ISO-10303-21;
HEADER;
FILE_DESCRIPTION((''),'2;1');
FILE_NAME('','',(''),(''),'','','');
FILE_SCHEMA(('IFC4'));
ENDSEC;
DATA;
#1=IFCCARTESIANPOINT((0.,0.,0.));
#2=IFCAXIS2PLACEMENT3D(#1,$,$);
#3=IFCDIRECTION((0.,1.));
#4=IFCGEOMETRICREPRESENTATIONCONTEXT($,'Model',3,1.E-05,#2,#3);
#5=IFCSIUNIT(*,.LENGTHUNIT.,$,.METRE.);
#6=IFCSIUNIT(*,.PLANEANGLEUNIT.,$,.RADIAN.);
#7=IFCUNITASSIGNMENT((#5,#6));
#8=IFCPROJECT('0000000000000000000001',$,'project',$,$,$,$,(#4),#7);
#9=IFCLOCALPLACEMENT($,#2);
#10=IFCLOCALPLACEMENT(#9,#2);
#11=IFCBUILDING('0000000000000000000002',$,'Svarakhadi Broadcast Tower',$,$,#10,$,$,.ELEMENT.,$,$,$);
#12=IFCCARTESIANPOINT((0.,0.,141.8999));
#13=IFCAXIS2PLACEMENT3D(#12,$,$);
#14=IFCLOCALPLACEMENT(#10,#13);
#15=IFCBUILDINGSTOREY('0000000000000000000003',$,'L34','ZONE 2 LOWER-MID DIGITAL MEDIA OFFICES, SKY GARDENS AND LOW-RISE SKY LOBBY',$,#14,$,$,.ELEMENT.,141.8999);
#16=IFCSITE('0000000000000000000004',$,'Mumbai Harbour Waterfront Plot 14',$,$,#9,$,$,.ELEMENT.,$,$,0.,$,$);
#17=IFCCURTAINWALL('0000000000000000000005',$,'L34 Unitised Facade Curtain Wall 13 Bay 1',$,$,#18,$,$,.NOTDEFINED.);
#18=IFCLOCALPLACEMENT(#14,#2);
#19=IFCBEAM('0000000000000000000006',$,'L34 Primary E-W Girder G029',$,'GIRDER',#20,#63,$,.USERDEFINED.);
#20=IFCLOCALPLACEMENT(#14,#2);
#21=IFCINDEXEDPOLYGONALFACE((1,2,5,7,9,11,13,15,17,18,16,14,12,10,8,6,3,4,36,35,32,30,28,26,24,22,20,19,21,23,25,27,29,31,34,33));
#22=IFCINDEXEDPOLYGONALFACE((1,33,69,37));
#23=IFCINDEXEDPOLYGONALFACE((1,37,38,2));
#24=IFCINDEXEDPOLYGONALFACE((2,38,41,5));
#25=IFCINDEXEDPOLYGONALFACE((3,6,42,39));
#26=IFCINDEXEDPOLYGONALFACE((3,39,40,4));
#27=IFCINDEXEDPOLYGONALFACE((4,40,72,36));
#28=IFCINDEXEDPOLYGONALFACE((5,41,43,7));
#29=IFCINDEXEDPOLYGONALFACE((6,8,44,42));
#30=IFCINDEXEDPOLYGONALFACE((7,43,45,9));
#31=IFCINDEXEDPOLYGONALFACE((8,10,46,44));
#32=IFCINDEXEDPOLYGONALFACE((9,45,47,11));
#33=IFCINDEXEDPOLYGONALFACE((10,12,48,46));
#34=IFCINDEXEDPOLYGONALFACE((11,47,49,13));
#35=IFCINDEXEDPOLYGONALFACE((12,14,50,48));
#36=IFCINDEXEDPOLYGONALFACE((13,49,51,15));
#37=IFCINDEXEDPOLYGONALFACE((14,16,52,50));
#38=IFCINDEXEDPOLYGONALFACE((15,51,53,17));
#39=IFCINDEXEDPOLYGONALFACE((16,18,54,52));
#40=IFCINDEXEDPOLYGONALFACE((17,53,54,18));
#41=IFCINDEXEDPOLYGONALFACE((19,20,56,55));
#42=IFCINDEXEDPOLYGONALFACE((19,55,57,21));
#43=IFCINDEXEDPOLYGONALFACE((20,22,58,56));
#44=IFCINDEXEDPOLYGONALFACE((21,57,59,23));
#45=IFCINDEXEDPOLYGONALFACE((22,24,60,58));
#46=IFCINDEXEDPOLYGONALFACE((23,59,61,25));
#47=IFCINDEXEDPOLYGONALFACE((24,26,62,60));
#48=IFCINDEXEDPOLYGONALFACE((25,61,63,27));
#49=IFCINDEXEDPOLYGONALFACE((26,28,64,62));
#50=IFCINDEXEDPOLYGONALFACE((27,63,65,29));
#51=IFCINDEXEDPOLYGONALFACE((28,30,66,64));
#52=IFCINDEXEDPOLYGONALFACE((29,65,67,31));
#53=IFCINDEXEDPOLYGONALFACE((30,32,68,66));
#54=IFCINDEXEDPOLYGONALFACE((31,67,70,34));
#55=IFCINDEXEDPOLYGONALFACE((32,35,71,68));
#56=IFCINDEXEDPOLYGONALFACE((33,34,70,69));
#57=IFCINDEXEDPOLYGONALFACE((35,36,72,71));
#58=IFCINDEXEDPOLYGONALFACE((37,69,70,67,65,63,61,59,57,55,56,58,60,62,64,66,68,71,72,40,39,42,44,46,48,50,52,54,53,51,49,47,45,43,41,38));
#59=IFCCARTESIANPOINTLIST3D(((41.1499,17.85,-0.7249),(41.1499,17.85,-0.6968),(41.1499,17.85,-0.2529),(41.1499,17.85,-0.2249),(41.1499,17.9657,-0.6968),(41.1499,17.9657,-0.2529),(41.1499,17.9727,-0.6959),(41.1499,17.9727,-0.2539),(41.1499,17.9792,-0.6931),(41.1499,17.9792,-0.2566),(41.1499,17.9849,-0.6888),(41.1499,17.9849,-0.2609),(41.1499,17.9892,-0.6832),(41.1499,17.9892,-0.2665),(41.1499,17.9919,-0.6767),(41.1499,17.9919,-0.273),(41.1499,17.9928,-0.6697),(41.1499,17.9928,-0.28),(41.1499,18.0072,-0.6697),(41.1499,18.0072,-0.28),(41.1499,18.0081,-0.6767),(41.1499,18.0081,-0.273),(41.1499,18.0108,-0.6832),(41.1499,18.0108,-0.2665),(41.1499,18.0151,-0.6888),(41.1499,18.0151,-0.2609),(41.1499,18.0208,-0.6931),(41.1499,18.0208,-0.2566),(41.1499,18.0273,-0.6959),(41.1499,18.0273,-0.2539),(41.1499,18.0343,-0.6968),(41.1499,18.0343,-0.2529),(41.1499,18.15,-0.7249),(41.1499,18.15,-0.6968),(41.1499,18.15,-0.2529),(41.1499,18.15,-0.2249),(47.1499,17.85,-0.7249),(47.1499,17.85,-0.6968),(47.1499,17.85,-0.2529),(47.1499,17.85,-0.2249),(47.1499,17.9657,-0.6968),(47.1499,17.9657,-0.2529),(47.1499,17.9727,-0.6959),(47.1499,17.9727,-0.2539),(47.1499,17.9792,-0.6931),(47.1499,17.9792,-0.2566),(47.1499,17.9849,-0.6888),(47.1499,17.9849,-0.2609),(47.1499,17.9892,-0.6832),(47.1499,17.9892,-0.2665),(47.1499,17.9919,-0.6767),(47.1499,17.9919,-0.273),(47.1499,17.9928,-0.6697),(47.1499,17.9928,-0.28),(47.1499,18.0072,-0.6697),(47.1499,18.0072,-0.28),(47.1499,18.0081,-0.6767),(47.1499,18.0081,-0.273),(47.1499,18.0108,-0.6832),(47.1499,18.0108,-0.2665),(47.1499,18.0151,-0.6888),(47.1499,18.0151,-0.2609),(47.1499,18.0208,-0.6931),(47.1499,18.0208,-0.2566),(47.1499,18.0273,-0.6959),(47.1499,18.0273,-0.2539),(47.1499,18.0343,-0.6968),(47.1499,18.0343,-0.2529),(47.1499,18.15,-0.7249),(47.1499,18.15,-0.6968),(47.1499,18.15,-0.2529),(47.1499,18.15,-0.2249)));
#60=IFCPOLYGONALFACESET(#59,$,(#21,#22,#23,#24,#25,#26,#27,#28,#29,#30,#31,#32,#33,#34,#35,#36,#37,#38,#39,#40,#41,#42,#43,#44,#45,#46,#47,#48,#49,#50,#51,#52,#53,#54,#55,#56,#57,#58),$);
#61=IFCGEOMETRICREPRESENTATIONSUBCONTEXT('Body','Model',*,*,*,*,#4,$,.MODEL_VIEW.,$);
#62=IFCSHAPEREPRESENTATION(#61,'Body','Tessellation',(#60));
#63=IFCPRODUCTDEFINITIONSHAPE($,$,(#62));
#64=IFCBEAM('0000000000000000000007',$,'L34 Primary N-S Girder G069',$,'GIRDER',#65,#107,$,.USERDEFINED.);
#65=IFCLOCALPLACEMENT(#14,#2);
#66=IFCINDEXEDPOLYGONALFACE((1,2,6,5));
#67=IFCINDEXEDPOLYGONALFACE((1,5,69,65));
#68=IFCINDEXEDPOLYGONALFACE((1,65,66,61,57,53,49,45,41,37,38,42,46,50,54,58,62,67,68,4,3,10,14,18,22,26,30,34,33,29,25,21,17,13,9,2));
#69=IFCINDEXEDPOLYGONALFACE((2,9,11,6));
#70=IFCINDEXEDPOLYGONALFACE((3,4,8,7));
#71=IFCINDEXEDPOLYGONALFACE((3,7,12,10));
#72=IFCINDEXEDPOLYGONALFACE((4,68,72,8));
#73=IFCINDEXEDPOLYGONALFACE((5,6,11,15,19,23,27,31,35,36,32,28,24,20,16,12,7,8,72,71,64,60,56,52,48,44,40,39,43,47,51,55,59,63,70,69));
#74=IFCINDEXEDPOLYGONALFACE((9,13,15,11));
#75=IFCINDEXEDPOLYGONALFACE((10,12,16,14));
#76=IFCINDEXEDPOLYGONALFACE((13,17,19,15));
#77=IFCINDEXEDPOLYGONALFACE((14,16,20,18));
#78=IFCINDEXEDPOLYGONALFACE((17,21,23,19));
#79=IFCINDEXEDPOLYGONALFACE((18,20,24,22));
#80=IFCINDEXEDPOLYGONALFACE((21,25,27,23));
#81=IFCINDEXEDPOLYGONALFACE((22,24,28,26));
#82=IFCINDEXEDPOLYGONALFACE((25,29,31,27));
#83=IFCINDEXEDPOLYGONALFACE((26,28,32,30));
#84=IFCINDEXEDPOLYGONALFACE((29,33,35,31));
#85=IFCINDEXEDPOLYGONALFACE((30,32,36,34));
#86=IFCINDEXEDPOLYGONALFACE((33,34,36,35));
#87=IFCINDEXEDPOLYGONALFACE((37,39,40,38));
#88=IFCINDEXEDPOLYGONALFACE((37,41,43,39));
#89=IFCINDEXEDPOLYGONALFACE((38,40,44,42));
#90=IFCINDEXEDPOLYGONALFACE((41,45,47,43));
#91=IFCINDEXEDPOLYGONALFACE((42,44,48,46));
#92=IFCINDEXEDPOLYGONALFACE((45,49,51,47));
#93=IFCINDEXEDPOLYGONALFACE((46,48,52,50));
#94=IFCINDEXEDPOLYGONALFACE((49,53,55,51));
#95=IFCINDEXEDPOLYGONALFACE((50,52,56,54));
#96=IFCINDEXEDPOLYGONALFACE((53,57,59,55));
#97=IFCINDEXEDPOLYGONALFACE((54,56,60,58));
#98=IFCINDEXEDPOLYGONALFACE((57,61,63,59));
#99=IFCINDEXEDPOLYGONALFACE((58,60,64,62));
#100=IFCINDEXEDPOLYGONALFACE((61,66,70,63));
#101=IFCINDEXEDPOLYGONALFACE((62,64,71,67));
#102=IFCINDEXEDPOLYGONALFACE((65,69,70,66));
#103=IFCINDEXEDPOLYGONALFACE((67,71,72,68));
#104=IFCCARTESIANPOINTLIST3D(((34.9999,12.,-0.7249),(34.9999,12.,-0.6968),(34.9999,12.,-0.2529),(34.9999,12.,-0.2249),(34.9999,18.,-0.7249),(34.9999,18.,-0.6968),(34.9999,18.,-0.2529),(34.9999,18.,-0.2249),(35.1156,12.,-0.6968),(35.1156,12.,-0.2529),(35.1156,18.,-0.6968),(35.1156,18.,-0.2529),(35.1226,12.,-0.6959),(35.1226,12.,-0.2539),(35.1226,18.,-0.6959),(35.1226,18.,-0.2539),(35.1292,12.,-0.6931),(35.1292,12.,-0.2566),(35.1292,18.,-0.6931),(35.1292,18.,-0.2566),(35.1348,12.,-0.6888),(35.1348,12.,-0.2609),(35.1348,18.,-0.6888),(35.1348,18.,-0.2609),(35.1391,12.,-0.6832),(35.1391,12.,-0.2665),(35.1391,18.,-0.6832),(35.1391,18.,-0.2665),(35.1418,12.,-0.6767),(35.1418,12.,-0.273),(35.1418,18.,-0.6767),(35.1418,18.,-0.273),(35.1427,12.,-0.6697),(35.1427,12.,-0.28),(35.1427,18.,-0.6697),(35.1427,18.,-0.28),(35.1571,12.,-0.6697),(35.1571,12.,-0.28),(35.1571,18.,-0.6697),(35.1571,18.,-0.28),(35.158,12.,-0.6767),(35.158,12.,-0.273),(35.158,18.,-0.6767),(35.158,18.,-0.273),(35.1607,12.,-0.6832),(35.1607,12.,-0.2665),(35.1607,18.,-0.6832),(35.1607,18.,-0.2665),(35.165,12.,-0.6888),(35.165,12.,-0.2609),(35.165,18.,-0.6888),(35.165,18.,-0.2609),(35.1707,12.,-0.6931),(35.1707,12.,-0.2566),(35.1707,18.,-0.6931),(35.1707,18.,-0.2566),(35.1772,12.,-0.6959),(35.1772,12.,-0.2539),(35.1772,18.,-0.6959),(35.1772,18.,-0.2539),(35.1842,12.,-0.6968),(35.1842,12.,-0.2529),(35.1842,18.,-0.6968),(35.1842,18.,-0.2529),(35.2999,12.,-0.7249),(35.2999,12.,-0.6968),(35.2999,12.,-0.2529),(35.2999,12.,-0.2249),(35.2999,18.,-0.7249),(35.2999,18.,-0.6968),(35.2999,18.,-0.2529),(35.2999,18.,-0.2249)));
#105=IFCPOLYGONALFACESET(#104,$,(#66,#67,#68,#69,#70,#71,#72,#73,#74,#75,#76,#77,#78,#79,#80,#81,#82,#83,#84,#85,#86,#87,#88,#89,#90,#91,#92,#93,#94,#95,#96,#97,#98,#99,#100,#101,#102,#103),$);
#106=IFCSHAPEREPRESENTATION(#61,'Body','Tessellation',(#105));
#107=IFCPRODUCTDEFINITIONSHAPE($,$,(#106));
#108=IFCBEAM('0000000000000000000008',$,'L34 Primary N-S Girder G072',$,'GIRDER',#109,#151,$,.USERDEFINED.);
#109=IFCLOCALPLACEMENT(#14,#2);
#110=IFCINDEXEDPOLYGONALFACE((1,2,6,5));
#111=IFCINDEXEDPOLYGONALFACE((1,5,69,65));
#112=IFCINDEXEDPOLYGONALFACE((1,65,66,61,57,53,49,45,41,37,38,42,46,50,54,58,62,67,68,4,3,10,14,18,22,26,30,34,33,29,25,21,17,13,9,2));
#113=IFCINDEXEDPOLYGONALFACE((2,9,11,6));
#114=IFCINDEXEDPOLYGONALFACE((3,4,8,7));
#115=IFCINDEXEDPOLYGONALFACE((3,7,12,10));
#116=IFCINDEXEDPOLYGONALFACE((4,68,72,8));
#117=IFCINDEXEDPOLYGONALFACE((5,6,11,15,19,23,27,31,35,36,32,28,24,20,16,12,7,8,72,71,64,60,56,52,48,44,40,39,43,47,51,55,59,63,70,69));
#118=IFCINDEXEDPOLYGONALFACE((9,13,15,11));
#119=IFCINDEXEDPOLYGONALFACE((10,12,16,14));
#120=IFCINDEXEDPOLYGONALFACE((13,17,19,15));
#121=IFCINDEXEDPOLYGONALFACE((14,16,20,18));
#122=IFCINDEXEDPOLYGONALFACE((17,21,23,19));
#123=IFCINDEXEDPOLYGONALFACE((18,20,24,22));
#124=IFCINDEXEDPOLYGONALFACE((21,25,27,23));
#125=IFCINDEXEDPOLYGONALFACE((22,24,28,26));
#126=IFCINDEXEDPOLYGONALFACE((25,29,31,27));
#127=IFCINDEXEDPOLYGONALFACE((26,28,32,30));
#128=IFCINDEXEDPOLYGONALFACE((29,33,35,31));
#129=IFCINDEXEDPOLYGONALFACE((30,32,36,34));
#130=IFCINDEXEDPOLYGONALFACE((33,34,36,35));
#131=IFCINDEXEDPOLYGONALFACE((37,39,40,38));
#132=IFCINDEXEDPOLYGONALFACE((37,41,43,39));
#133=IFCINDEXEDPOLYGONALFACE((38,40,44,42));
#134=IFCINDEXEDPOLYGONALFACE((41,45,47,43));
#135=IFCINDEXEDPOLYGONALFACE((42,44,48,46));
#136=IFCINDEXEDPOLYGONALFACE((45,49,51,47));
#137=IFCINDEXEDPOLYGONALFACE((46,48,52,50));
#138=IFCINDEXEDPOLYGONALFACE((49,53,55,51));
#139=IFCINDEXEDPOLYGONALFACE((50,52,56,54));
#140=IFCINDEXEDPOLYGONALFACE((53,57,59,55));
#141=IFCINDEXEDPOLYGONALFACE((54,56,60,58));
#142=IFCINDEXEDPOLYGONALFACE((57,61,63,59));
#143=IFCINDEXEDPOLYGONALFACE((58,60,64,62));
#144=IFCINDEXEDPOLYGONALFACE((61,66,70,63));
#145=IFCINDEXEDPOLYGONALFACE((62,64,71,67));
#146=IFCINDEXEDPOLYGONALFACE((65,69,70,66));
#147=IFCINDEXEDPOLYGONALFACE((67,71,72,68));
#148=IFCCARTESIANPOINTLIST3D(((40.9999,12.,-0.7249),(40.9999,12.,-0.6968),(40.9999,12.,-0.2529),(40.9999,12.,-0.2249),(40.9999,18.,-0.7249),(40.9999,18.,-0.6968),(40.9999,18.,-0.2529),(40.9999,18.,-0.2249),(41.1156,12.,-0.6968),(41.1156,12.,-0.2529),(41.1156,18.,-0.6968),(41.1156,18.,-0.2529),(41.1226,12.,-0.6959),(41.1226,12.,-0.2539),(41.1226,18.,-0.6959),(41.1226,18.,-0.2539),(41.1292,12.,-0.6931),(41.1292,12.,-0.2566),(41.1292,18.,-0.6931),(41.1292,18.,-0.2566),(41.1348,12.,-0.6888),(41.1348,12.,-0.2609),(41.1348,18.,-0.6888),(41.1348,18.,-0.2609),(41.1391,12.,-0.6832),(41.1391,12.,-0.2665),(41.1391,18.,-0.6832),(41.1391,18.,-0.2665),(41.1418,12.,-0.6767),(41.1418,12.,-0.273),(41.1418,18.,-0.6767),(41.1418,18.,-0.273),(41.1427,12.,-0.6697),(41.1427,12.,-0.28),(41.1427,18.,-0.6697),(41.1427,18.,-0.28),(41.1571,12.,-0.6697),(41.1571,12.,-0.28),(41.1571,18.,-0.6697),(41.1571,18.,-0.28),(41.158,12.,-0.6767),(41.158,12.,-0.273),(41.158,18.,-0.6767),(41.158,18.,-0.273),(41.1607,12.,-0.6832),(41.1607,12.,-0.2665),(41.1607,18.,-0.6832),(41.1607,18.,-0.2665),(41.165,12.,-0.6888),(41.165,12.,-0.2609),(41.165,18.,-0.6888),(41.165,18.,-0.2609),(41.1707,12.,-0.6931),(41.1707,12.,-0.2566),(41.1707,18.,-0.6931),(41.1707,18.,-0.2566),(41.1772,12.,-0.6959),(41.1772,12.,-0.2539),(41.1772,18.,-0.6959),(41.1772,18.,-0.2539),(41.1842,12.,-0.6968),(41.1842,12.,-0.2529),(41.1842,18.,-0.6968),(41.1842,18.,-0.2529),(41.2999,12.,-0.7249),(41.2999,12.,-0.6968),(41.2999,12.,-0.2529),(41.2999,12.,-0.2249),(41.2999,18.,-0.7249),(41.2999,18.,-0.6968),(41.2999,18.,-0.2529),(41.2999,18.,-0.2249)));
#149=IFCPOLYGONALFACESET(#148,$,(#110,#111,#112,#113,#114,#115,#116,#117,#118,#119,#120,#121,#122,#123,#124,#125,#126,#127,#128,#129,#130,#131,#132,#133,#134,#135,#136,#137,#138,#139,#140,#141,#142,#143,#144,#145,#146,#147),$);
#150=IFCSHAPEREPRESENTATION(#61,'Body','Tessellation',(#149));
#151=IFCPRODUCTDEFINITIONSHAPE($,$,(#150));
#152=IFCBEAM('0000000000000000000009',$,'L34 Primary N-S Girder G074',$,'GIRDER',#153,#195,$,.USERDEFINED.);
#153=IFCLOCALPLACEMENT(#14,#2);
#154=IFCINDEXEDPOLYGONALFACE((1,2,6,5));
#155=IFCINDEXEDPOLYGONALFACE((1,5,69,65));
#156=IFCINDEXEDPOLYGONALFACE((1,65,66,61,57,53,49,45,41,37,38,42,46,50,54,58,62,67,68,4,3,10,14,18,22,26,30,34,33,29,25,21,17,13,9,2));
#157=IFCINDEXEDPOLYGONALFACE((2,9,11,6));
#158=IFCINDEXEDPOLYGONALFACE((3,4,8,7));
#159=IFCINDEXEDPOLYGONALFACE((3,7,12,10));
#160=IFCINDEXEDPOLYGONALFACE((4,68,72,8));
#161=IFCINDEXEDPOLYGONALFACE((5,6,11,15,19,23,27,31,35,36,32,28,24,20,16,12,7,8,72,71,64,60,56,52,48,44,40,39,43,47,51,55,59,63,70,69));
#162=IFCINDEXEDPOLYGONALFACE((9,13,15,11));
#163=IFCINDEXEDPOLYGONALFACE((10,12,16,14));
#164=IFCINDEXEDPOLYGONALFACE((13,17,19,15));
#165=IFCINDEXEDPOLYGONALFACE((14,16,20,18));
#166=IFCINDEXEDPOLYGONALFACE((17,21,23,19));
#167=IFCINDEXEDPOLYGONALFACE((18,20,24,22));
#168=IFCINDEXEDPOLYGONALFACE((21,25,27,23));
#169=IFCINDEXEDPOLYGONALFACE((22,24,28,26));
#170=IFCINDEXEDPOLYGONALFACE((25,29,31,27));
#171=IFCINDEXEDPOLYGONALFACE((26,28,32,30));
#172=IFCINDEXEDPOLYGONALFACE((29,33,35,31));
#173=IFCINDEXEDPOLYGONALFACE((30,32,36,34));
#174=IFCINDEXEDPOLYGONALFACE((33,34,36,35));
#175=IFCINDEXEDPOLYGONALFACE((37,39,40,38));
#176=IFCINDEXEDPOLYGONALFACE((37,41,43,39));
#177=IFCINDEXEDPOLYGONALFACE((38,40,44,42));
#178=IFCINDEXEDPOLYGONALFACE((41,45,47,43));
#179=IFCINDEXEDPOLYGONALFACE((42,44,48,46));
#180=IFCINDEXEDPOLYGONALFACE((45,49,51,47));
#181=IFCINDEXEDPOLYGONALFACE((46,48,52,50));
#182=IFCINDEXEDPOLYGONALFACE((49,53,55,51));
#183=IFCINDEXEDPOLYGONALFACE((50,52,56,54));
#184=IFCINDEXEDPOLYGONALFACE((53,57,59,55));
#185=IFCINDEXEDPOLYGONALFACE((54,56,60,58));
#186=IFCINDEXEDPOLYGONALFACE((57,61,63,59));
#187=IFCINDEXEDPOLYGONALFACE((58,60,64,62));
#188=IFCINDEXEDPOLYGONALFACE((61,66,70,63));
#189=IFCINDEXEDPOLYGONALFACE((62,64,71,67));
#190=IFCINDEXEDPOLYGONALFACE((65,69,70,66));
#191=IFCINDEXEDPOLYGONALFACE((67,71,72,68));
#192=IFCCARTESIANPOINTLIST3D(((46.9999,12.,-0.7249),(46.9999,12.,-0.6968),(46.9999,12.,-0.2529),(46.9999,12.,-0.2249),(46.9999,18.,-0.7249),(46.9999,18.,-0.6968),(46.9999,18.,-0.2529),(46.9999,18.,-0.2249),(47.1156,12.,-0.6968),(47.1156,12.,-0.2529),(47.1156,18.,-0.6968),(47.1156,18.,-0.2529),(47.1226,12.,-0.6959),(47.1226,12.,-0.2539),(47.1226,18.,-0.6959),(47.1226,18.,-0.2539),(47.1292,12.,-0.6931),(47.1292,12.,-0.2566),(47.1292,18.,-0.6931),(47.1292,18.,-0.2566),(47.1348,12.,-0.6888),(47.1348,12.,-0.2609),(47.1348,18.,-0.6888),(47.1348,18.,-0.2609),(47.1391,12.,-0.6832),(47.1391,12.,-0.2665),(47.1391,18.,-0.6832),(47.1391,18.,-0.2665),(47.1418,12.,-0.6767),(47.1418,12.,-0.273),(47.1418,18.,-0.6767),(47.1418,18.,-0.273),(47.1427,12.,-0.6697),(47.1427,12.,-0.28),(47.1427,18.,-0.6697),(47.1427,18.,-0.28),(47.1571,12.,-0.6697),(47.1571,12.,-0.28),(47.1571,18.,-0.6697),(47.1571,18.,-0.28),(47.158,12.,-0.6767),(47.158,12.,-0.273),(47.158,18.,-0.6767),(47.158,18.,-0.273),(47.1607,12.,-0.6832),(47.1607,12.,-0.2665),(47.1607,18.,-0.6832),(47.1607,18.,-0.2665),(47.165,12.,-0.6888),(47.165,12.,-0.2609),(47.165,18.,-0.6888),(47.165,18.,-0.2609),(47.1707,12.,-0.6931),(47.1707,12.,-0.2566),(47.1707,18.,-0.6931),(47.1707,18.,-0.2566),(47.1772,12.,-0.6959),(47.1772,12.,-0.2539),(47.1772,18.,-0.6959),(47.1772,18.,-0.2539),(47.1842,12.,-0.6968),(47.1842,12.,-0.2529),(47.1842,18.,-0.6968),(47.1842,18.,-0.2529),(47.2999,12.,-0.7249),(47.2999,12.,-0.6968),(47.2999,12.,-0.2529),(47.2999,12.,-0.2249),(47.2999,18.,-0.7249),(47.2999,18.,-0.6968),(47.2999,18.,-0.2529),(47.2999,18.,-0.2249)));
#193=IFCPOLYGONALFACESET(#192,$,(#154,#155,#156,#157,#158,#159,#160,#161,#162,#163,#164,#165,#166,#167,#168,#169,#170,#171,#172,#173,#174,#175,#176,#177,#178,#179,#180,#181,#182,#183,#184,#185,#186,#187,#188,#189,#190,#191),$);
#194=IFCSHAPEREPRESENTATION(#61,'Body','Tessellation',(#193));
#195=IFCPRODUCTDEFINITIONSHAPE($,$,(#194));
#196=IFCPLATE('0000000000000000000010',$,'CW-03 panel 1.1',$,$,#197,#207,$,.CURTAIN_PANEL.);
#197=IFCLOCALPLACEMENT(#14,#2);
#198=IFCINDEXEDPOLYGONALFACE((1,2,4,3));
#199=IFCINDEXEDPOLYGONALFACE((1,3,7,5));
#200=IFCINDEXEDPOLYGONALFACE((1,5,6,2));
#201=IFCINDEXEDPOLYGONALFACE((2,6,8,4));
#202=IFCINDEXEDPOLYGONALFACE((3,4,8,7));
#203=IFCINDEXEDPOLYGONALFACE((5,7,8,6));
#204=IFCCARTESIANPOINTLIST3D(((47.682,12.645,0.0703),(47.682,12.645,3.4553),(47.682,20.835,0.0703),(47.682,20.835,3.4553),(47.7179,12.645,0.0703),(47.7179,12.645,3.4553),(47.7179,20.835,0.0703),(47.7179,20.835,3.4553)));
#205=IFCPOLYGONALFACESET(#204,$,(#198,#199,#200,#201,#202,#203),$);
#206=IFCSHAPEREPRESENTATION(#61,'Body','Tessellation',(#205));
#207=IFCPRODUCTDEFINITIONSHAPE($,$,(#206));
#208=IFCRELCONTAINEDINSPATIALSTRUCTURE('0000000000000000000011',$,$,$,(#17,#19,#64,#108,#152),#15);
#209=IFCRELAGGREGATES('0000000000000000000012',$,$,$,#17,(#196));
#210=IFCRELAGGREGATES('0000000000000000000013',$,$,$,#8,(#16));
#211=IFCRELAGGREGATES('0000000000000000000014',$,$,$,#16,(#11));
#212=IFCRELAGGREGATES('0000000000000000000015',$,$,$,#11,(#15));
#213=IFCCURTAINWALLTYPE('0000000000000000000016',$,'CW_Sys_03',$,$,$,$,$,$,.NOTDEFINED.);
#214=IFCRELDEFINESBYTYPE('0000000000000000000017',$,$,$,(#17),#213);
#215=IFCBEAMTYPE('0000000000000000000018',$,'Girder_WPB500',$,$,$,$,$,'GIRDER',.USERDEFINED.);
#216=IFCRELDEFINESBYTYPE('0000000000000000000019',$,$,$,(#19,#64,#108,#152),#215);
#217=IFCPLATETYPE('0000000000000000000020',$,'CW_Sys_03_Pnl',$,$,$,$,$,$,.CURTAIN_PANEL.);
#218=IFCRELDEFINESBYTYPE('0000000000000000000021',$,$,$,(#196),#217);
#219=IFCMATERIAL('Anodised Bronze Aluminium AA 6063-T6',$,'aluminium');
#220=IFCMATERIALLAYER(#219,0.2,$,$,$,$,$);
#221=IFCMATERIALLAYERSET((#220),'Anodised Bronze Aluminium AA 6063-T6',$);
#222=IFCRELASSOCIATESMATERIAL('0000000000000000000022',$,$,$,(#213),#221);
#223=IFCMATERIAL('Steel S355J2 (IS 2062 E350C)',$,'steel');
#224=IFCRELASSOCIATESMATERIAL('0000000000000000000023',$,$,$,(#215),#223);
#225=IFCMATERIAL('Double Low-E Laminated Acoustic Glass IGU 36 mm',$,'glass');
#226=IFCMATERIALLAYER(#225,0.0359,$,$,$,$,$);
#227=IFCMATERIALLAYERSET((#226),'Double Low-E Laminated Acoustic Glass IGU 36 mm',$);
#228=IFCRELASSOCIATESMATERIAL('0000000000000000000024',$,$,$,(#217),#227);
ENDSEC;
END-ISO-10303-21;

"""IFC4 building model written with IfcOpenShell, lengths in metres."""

from ifc_helpers import new_model, si_unit, direction, frame, origin, origin_2d, place, context, subcontext, project, spatial, rectangle, i_section, extrude, material, layer, layer_set, material_profile, profile_set, type_object, element, aggregate, save


model = new_model("IFC4")

# Units and contexts
model_context = context("Model", 3, precision=1e-05, world=origin(), true_north=direction((0.0, 1.0)))
body_context = subcontext(model_context, "Body", "Model", "MODEL_VIEW")
ifc_project = project(units=[si_unit("LENGTHUNIT", "METRE"), si_unit("PLANEANGLEUNIT", "RADIAN")], contexts=[model_context])

# Site, building, storey
site_placement = place(None, origin())
site = spatial("IfcSite", under=ifc_project, at=site_placement, Name="Mumbai Harbour Waterfront Plot 14", CompositionType="ELEMENT", RefElevation=0.0)
building_placement = place(site_placement, origin())
building = spatial("IfcBuilding", under=site, at=building_placement, Name="Svarakhadi Broadcast Tower", CompositionType="ELEMENT")
storey_placement = place(building_placement, frame((0.0, 0.0, 141.8999)))
storey = spatial("IfcBuildingStorey", under=building, at=storey_placement, Name="L34", Description="ZONE 2 LOWER-MID DIGITAL MEDIA OFFICES, SKY GARDENS AND LOW-RISE SKY LOBBY", CompositionType="ELEMENT", Elevation=141.8999)

# Shared definitions
ifc_material_1 = material(Name="Steel S355J2 (IS 2062 E350C)", Category="steel")

# Curtain wall
ifc_material_2 = material(Name="Anodised Bronze Aluminium AA 6063-T6", Category="aluminium")
ifc_layer_1 = layer(ifc_material_2, 0.2)
ifc_layer_set_1 = layer_set([ifc_layer_1], Name="Anodised Bronze Aluminium AA 6063-T6")
curtain_wall_type = type_object("IfcCurtainWallType", Name="CW_Sys_03", PredefinedType="NOTDEFINED", material=ifc_layer_set_1)
curtain_wall_placement = place(storey_placement, origin())
curtain_wall = element("IfcCurtainWall", 1, at=curtain_wall_placement, inside=storey, type_object=curtain_wall_type, Name="L34 Unitised Facade Curtain Wall 13 Bay 1", PredefinedType="NOTDEFINED")

# Beams
ifc_material_profile_1 = material_profile(ifc_material_1, i_section(OverallWidth=0.3, OverallDepth=0.5, WebThickness=0.0144, FlangeThickness=0.0281, FilletRadius=0.0271, at=origin_2d()), Name="WPB 500x300x187")
ifc_profile_set_1 = profile_set([ifc_material_profile_1], Name="Steel S355J2 (IS 2062 E350C)")
beam_type_1 = type_object("IfcBeamType", Name="Girder_WPB500", ElementType="GIRDER", PredefinedType="USERDEFINED", material=ifc_profile_set_1)
for number, where, z_axis, x_axis, name in (
    (2, (41.1499, 18.0, -0.4749), (1.0, 0.0, 0.0), (0.0, 1.0, 0.0), "L34 Primary E-W Girder G029"),
    (3, (35.1499, 12.0, -0.4749), (0.0, 1.0, 0.0), (-1.0, 0.0, 0.0), "L34 Primary N-S Girder G069"),
    (4, (41.1499, 12.0, -0.4749), (0.0, 1.0, 0.0), (-1.0, 0.0, 0.0), "L34 Primary N-S Girder G072"),
    (5, (47.1499, 12.0, -0.4749), (0.0, 1.0, 0.0), (-1.0, 0.0, 0.0), "L34 Primary N-S Girder G074"),
):
    element("IfcBeam", number, at=place(storey_placement, frame(where, z_axis=z_axis, x_axis=x_axis)), inside=storey, type_object=beam_type_1, Name=name, ObjectType="GIRDER", PredefinedType="USERDEFINED", context=body_context, shape_type="SweptSolid", body=[
        extrude(i_section(OverallWidth=0.3, OverallDepth=0.5, WebThickness=0.0144, FlangeThickness=0.0281, FilletRadius=0.0271, at=origin_2d()), origin(), (0.0, 0.0, 1.0), 6.0),
    ])

# Plate
ifc_material_3 = material(Name="Double Low-E Laminated Acoustic Glass IGU 36 mm", Category="glass")
ifc_layer_2 = layer(ifc_material_3, 0.0359)
ifc_layer_set_2 = layer_set([ifc_layer_2], Name="Double Low-E Laminated Acoustic Glass IGU 36 mm")
plate_type_1 = type_object("IfcPlateType", Name="CW_Sys_03_Pnl", PredefinedType="CURTAIN_PANEL", material=ifc_layer_set_2)
plate_1_placement = place(storey_placement, frame((47.7, 16.74, 0.0703), z_axis=(0.0, 0.0, 1.0), x_axis=(0.0, -1.0, 0.0)))
plate_1 = element("IfcPlate", 6, at=plate_1_placement, type_object=plate_type_1, Name="CW-03 panel 1.1", PredefinedType="CURTAIN_PANEL", context=body_context, shape_type="SweptSolid", body=[
    extrude(rectangle(XDim=8.1899, YDim=0.0359, at=origin_2d()), origin(), (0.0, 0.0, 1.0), 3.385),
])
aggregate(curtain_wall, [plate_1])

save(model, "model.ifc")
